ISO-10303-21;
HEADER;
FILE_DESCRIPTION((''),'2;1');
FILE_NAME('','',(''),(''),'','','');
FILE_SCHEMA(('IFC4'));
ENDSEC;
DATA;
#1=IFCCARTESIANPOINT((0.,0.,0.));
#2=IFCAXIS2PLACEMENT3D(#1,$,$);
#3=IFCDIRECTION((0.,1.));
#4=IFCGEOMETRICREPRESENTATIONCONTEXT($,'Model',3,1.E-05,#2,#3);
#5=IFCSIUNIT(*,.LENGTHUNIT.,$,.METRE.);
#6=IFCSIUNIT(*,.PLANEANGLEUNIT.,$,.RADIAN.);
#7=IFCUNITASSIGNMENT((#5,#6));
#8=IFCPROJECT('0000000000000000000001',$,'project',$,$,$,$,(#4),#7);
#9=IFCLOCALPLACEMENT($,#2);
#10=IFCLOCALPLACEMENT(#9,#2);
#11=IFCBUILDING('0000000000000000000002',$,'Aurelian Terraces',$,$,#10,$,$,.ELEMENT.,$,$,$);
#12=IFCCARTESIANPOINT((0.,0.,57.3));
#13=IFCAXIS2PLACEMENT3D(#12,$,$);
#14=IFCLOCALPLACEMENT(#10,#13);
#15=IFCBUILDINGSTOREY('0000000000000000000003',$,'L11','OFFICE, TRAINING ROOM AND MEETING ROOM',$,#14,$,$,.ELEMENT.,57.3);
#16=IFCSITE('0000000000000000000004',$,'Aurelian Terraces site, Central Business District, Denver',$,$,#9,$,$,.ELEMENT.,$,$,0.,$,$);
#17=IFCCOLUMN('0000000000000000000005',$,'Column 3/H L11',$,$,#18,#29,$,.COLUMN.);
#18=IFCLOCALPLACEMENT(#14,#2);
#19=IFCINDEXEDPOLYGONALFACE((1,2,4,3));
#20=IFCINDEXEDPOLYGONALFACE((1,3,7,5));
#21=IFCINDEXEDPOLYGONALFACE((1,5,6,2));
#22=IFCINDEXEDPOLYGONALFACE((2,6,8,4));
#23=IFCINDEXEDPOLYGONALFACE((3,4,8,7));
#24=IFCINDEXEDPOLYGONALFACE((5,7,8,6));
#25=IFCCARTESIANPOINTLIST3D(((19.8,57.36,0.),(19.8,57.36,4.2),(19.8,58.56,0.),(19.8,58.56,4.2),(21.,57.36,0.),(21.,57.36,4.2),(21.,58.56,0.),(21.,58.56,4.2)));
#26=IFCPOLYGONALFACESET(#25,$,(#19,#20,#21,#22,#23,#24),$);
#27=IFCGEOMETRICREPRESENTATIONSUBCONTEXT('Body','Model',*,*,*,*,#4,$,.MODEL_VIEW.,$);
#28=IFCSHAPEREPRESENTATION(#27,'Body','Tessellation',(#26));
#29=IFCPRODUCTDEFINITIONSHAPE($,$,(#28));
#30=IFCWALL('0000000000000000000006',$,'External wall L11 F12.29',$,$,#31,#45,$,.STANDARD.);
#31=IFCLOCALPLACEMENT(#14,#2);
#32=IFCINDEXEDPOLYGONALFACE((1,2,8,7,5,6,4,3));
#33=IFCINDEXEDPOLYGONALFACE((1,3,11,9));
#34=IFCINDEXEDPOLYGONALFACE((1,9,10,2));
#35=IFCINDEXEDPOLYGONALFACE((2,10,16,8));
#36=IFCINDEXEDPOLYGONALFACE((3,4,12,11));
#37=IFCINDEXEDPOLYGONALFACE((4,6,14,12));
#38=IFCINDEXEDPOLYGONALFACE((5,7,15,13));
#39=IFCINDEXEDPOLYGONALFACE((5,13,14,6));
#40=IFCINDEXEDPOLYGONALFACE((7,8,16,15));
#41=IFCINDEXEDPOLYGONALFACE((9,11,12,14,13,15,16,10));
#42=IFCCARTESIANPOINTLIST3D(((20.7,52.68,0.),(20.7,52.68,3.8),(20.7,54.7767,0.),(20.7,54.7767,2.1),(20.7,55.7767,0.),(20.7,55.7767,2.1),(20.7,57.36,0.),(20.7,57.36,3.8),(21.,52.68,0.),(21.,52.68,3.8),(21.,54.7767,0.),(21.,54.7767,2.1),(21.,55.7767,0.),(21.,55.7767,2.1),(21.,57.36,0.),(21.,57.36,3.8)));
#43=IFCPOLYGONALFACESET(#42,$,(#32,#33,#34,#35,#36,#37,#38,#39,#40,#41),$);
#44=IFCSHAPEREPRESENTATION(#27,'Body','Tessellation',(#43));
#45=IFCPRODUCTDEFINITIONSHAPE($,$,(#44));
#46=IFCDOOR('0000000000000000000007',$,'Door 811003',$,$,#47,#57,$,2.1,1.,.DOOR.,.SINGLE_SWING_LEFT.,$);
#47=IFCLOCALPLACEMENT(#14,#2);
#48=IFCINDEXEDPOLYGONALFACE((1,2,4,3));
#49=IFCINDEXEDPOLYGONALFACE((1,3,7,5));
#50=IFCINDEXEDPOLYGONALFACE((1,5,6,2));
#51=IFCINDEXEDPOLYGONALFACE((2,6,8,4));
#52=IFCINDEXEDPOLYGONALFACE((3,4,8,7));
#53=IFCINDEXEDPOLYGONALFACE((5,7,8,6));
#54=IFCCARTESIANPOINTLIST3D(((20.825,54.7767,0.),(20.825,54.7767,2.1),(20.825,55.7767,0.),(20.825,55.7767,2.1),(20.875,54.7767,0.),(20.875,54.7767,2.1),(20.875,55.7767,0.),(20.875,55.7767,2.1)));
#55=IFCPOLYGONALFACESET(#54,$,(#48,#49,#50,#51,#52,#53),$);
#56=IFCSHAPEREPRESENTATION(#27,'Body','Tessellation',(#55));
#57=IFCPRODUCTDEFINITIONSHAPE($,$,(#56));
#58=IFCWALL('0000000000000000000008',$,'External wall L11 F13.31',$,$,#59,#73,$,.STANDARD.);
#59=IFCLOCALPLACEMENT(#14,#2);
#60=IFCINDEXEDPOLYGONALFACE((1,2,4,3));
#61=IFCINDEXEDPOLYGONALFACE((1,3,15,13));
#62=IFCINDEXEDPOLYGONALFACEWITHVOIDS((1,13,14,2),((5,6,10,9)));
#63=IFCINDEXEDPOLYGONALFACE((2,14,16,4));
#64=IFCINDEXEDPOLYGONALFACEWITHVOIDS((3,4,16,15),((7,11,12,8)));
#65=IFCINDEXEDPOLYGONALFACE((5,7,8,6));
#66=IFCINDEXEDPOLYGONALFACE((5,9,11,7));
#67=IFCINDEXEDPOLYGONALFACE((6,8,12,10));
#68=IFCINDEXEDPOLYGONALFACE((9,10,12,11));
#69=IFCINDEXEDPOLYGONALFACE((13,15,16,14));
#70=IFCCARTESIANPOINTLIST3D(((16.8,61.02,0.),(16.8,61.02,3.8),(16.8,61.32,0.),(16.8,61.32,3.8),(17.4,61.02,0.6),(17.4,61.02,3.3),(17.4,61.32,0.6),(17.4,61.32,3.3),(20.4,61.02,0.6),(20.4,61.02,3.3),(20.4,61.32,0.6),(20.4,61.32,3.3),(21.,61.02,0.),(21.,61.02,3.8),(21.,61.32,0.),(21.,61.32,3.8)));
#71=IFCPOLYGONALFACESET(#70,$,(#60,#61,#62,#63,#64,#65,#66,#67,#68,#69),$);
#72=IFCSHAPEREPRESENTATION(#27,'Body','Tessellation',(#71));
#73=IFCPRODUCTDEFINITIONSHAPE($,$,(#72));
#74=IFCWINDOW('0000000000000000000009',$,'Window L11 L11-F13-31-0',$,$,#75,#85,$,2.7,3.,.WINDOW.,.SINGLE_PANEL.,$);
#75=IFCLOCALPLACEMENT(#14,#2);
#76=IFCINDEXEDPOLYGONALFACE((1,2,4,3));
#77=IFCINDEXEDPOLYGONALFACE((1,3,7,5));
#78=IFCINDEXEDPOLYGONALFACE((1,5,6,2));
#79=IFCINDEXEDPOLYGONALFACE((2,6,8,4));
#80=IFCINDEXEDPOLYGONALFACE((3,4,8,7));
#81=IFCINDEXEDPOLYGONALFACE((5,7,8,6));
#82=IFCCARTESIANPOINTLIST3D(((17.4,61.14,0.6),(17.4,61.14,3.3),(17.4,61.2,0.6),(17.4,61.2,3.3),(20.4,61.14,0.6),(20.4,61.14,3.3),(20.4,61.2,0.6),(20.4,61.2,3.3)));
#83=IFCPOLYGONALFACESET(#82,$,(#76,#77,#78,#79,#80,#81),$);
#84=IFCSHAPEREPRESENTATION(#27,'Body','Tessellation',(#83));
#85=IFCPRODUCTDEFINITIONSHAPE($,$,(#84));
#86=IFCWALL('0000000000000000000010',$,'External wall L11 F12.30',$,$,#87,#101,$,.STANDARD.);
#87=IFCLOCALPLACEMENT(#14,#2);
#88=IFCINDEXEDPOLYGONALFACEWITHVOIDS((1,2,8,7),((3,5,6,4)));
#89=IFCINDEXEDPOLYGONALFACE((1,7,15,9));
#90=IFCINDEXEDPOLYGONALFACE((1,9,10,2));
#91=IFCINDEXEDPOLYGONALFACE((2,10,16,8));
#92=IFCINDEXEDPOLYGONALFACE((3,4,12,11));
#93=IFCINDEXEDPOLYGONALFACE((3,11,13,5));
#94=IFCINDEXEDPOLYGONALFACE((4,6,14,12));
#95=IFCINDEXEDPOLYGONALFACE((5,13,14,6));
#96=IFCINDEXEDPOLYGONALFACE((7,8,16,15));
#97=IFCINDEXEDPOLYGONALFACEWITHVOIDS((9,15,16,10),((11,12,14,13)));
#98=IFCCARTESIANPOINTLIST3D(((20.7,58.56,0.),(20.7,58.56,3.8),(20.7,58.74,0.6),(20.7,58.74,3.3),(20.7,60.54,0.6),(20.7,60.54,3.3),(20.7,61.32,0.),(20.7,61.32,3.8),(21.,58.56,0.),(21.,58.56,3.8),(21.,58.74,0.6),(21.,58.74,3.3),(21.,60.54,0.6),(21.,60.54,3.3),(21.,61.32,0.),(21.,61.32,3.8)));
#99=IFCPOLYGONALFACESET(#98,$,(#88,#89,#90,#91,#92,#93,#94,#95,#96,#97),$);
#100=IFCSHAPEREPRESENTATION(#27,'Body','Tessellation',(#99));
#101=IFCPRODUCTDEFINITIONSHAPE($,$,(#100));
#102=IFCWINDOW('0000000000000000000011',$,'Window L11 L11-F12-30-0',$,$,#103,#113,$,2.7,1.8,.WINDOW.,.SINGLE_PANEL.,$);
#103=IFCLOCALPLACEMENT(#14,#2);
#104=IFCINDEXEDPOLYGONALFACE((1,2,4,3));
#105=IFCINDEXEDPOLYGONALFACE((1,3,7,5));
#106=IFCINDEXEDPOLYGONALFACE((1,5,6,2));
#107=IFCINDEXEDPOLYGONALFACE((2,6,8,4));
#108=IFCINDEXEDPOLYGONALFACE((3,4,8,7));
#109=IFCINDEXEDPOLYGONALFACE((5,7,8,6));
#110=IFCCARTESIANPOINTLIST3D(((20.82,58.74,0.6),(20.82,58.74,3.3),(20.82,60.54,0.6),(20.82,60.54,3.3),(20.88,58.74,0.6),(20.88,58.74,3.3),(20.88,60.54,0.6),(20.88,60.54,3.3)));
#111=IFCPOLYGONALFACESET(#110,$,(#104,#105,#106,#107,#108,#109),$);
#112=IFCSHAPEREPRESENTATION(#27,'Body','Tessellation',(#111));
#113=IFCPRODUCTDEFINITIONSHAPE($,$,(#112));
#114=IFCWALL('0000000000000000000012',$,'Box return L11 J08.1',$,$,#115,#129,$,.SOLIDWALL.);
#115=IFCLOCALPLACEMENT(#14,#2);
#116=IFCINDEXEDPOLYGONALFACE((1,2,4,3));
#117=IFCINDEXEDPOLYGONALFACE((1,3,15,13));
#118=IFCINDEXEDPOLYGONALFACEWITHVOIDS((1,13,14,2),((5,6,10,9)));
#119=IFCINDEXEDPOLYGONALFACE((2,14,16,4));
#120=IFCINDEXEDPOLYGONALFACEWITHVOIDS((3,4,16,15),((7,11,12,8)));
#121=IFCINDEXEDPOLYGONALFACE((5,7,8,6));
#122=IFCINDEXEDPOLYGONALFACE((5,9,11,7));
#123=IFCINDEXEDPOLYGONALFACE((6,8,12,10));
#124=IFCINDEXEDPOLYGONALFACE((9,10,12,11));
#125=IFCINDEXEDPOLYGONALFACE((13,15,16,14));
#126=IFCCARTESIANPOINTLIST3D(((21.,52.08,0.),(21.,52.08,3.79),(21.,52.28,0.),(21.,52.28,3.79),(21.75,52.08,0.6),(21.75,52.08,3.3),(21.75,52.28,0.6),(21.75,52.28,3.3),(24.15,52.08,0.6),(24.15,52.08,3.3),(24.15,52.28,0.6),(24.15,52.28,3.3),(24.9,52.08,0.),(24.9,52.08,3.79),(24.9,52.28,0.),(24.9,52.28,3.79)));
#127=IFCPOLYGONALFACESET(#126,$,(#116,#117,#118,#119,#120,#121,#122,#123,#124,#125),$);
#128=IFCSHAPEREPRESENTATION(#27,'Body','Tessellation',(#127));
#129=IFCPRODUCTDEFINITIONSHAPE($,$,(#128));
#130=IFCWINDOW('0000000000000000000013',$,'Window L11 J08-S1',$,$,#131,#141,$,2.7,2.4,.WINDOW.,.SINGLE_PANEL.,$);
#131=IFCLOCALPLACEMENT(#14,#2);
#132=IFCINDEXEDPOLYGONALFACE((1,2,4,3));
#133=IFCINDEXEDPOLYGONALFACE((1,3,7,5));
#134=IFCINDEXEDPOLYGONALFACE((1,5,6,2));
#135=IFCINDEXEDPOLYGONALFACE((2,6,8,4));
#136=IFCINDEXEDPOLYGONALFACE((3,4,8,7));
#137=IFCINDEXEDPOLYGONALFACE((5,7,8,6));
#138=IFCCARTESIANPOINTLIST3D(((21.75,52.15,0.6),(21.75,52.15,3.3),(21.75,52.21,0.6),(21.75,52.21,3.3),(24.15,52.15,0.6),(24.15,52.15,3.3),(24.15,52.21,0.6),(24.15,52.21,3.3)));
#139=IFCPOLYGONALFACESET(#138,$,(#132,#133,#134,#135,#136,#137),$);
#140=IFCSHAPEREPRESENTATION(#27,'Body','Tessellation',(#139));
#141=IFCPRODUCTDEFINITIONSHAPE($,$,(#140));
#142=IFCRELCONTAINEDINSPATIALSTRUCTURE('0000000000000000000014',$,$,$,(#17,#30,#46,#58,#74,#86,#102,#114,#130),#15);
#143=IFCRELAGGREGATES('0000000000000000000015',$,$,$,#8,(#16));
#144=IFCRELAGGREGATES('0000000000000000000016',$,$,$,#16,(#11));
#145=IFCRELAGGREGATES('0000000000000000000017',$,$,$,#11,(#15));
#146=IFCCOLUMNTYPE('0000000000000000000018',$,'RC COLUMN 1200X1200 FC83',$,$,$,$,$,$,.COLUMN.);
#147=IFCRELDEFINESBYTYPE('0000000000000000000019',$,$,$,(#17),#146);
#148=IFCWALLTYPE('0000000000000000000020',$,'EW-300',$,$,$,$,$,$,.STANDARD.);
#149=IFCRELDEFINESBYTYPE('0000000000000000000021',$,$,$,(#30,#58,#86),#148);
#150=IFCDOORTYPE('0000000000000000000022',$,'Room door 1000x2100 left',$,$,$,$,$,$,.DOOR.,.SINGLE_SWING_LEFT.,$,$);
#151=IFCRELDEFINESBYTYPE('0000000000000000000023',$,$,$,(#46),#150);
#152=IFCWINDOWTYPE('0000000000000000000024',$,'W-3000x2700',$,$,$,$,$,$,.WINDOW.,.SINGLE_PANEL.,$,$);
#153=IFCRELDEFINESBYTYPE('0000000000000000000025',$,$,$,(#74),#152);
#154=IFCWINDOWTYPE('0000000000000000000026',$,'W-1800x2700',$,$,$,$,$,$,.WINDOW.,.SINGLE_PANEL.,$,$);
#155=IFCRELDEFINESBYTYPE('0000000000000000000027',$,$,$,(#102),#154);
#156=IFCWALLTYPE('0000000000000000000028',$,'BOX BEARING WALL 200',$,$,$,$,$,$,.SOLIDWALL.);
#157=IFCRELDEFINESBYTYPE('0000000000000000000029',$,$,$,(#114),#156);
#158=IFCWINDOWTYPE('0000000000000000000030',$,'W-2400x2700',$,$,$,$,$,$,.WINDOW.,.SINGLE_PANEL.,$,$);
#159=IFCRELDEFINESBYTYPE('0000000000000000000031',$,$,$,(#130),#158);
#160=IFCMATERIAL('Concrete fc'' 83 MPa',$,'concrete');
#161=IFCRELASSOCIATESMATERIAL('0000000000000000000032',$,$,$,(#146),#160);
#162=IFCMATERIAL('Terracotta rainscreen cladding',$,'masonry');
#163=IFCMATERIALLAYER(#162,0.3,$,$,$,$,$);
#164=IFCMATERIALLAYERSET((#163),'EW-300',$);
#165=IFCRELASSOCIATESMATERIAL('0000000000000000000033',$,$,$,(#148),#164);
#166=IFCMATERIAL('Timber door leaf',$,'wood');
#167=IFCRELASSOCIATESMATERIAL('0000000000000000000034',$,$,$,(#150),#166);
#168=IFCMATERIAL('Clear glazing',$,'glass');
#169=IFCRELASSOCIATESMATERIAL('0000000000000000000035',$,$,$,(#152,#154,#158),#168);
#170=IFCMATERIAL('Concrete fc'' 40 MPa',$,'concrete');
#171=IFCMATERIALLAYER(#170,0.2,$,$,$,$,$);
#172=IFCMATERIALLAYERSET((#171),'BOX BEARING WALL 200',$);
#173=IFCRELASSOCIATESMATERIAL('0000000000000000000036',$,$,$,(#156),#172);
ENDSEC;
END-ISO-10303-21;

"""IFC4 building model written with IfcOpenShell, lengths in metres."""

from ifc_helpers import new_model, si_unit, direction, frame, frame_2d, origin, origin_2d, place, context, subcontext, project, spatial, rectangle, extrude, source, transform, mapped, material, layer, layer_set, material_profile, profile_set, type_object, element, fill, save


model = new_model("IFC4")

# Units and contexts
model_context = context("Model", 3, precision=1e-05, world=origin(), true_north=direction((0.0, 1.0)))
body_context = subcontext(model_context, "Body", "Model", "MODEL_VIEW")
ifc_project = project(units=[si_unit("LENGTHUNIT", "METRE"), si_unit("PLANEANGLEUNIT", "RADIAN")], contexts=[model_context])

# Site, building, storey
site_placement = place(None, origin())
site = spatial("IfcSite", under=ifc_project, at=site_placement, Name="Aurelian Terraces site, Central Business District, Denver", CompositionType="ELEMENT", RefElevation=0.0)
building_placement = place(site_placement, origin())
building = spatial("IfcBuilding", under=site, at=building_placement, Name="Aurelian Terraces", CompositionType="ELEMENT")
storey_placement = place(building_placement, frame((0.0, 0.0, 57.3)))
storey = spatial("IfcBuildingStorey", under=building, at=storey_placement, Name="L11", Description="OFFICE, TRAINING ROOM AND MEETING ROOM", CompositionType="ELEMENT", Elevation=57.3)

# Column
ifc_material_1 = material(Name="Concrete fc' 83 MPa", Category="concrete")
ifc_material_profile = material_profile(ifc_material_1, rectangle(XDim=1.2, YDim=1.2, at=origin_2d()))
ifc_profile_set = profile_set([ifc_material_profile], Name="Concrete fc' 83 MPa")
column_type = type_object("IfcColumnType", Name="RC COLUMN 1200X1200 FC83", PredefinedType="COLUMN", material=ifc_profile_set)
shared_shape_1 = source(origin(), body_context, "Body", "SweptSolid", [
    extrude(rectangle(XDim=1.2, YDim=1.2, at=origin_2d()), origin(), (0.0, 0.0, 1.0), 4.2),
])
column_placement = place(storey_placement, frame((20.4, 57.96, 0.0), z_axis=(0.0, 0.0, 1.0), x_axis=(1.0, 0.0, 0.0)))
element("IfcColumn", 1, at=column_placement, inside=storey, type_object=column_type, Name="Column 3/H L11", PredefinedType="COLUMN", context=body_context, shape_type="MappedRepresentation", body=[
    mapped(shared_shape_1, transform((0.0, 0.0, 0.0), scale=1.0)),
])

# Wall, opening, door
ifc_material_2 = material(Name="Terracotta rainscreen cladding", Category="masonry")
ifc_layer_1 = layer(ifc_material_2, 0.3)
ifc_layer_set_1 = layer_set([ifc_layer_1], Name="EW-300")
wall_type_1 = type_object("IfcWallType", Name="EW-300", PredefinedType="STANDARD", material=ifc_layer_set_1)
shared_shape_2 = source(origin(), body_context, "Body", "SweptSolid", [
    extrude(rectangle(XDim=4.68, YDim=0.3, at=frame_2d((2.34, 0.0))), origin(), (0.0, 0.0, 1.0), 3.8),
])
wall_1_placement = place(storey_placement, frame((20.85, 52.68, 0.0), z_axis=(0.0, 0.0, 1.0), x_axis=(0.0, 1.0, 0.0)))
wall_1 = element("IfcWall", 2, at=wall_1_placement, inside=storey, type_object=wall_type_1, Name="External wall L11 F12.29", PredefinedType="STANDARD", context=body_context, shape_type="MappedRepresentation", body=[
    mapped(shared_shape_2, transform((0.0, 0.0, 0.0), scale=1.0)),
])
shared_shape_3 = source(origin(), body_context, "Body", "SweptSolid", [
    extrude(rectangle(XDim=1.0, YDim=2.1, at=frame_2d((0.5, 1.05))), frame((0.0, 0.16, 0.0), z_axis=(0.0, -1.0, 0.0), x_axis=(1.0, 0.0, 0.0)), (0.0, 0.0, 1.0), 0.32),
])
opening_1_placement = place(wall_1_placement, frame((2.0967, 0.0, 0.0)))
opening_1 = element("IfcOpeningElement", 3, at=opening_1_placement, cuts=wall_1, PredefinedType="OPENING", context=body_context, shape_type="MappedRepresentation", body=[
    mapped(shared_shape_3, transform((0.0, 0.0, 0.0), scale=1.0)),
])
ifc_material_3 = material(Name="Timber door leaf", Category="wood")
door_type_1 = type_object("IfcDoorType", Name="Room door 1000x2100 left", OperationType="SINGLE_SWING_LEFT", PredefinedType="DOOR", material=ifc_material_3)
shared_shape_4 = source(origin(), body_context, "Body", "SweptSolid", [
    extrude(rectangle(XDim=1.0, YDim=2.1, at=frame_2d((0.5, 1.05))), frame((0.0, 0.025, 0.0), z_axis=(0.0, -1.0, 0.0), x_axis=(1.0, 0.0, 0.0)), (0.0, 0.0, 1.0), 0.05),
])
door_1_placement = place(opening_1_placement, origin())
door_1 = element("IfcDoor", 4, at=door_1_placement, inside=storey, type_object=door_type_1, Name="Door 811003", OperationType="SINGLE_SWING_LEFT", OverallHeight=2.1, OverallWidth=1.0, PredefinedType="DOOR", context=body_context, shape_type="MappedRepresentation", body=[
    mapped(shared_shape_4, transform((0.0, 0.0, 0.0), scale=1.0)),
])
fill(opening_1, door_1)

# Walls, openings, windows
shared_shape_5 = source(origin(), body_context, "Body", "SweptSolid", [
    extrude(rectangle(XDim=4.2, YDim=0.3, at=frame_2d((2.1, 0.0))), origin(), (0.0, 0.0, 1.0), 3.8),
])
wall_2_placement = place(storey_placement, frame((21.0, 61.17, 0.0), z_axis=(0.0, 0.0, 1.0), x_axis=(-1.0, 0.0, 0.0)))
wall_2 = element("IfcWall", 5, at=wall_2_placement, inside=storey, type_object=wall_type_1, Name="External wall L11 F13.31", PredefinedType="STANDARD", context=body_context, shape_type="MappedRepresentation", body=[
    mapped(shared_shape_5, transform((0.0, 0.0, 0.0), scale=1.0)),
])
shared_shape_6 = source(origin(), body_context, "Body", "SweptSolid", [
    extrude(rectangle(XDim=3.0, YDim=2.7, at=frame_2d((1.5, 1.35))), frame((0.0, 0.16, 0.0), z_axis=(0.0, -1.0, 0.0), x_axis=(1.0, 0.0, 0.0)), (0.0, 0.0, 1.0), 0.32),
])
opening_2_placement = place(wall_2_placement, frame((0.6, 0.0, 0.6)))
opening_2 = element("IfcOpeningElement", 6, at=opening_2_placement, cuts=wall_2, PredefinedType="OPENING", context=body_context, shape_type="MappedRepresentation", body=[
    mapped(shared_shape_6, transform((0.0, 0.0, 0.0), scale=1.0)),
])
ifc_material_4 = material(Name="Clear glazing", Category="glass")
window_type_1 = type_object("IfcWindowType", Name="W-3000x2700", PartitioningType="SINGLE_PANEL", PredefinedType="WINDOW", material=ifc_material_4)
shared_shape_7 = source(origin(), body_context, "Body", "SweptSolid", [
    extrude(rectangle(XDim=3.0, YDim=2.7, at=frame_2d((1.5, 1.35))), frame((0.0, 0.03, 0.0), z_axis=(0.0, -1.0, 0.0), x_axis=(1.0, 0.0, 0.0)), (0.0, 0.0, 1.0), 0.06),
])
window_1_placement = place(opening_2_placement, origin())
window_1 = element("IfcWindow", 7, at=window_1_placement, inside=storey, type_object=window_type_1, Name="Window L11 L11-F13-31-0", OverallHeight=2.7, OverallWidth=3.0, PartitioningType="SINGLE_PANEL", PredefinedType="WINDOW", context=body_context, shape_type="MappedRepresentation", body=[
    mapped(shared_shape_7, transform((0.0, 0.0, 0.0), scale=1.0)),
])
fill(opening_2, window_1)
shared_shape_8 = source(origin(), body_context, "Body", "SweptSolid", [
    extrude(rectangle(XDim=2.76, YDim=0.3, at=frame_2d((1.38, 0.0))), origin(), (0.0, 0.0, 1.0), 3.8),
])
wall_3_placement = place(storey_placement, frame((20.85, 58.56, 0.0), z_axis=(0.0, 0.0, 1.0), x_axis=(0.0, 1.0, 0.0)))
wall_3 = element("IfcWall", 8, at=wall_3_placement, inside=storey, type_object=wall_type_1, Name="External wall L11 F12.30", PredefinedType="STANDARD", context=body_context, shape_type="MappedRepresentation", body=[
    mapped(shared_shape_8, transform((0.0, 0.0, 0.0), scale=1.0)),
])
shared_shape_9 = source(origin(), body_context, "Body", "SweptSolid", [
    extrude(rectangle(XDim=1.8, YDim=2.7, at=frame_2d((0.9, 1.35))), frame((0.0, 0.16, 0.0), z_axis=(0.0, -1.0, 0.0), x_axis=(1.0, 0.0, 0.0)), (0.0, 0.0, 1.0), 0.32),
])
opening_3_placement = place(wall_3_placement, frame((0.18, 0.0, 0.6)))
opening_3 = element("IfcOpeningElement", 9, at=opening_3_placement, cuts=wall_3, PredefinedType="OPENING", context=body_context, shape_type="MappedRepresentation", body=[
    mapped(shared_shape_9, transform((0.0, 0.0, 0.0), scale=1.0)),
])
window_type_2 = type_object("IfcWindowType", Name="W-1800x2700", PartitioningType="SINGLE_PANEL", PredefinedType="WINDOW", material=ifc_material_4)
shared_shape_10 = source(origin(), body_context, "Body", "SweptSolid", [
    extrude(rectangle(XDim=1.8, YDim=2.7, at=frame_2d((0.9, 1.35))), frame((0.0, 0.03, 0.0), z_axis=(0.0, -1.0, 0.0), x_axis=(1.0, 0.0, 0.0)), (0.0, 0.0, 1.0), 0.06),
])
window_2_placement = place(opening_3_placement, origin())
window_2 = element("IfcWindow", 10, at=window_2_placement, inside=storey, type_object=window_type_2, Name="Window L11 L11-F12-30-0", OverallHeight=2.7, OverallWidth=1.8, PartitioningType="SINGLE_PANEL", PredefinedType="WINDOW", context=body_context, shape_type="MappedRepresentation", body=[
    mapped(shared_shape_10, transform((0.0, 0.0, 0.0), scale=1.0)),
])
fill(opening_3, window_2)
ifc_material_5 = material(Name="Concrete fc' 40 MPa", Category="concrete")
ifc_layer_2 = layer(ifc_material_5, 0.2)
ifc_layer_set_2 = layer_set([ifc_layer_2], Name="BOX BEARING WALL 200")
wall_type_2 = type_object("IfcWallType", Name="BOX BEARING WALL 200", PredefinedType="SOLIDWALL", material=ifc_layer_set_2)
shared_shape_11 = source(origin(), body_context, "Body", "SweptSolid", [
    extrude(rectangle(XDim=3.9, YDim=0.2, at=frame_2d((1.95, 0.0))), origin(), (0.0, 0.0, 1.0), 3.79),
])
wall_4_placement = place(storey_placement, frame((21.0, 52.18, 0.0), z_axis=(0.0, 0.0, 1.0), x_axis=(1.0, 0.0, 0.0)))
wall_4 = element("IfcWall", 11, at=wall_4_placement, inside=storey, type_object=wall_type_2, Name="Box return L11 J08.1", PredefinedType="SOLIDWALL", context=body_context, shape_type="MappedRepresentation", body=[
    mapped(shared_shape_11, transform((0.0, 0.0, 0.0), scale=1.0)),
])
shared_shape_12 = source(origin(), body_context, "Body", "SweptSolid", [
    extrude(rectangle(XDim=2.4, YDim=2.7, at=frame_2d((1.2, 1.35))), frame((0.0, 0.11, 0.0), z_axis=(0.0, -1.0, 0.0), x_axis=(1.0, 0.0, 0.0)), (0.0, 0.0, 1.0), 0.22),
])
opening_4_placement = place(wall_4_placement, frame((0.75, 0.0, 0.6)))
opening_4 = element("IfcOpeningElement", 12, at=opening_4_placement, cuts=wall_4, PredefinedType="OPENING", context=body_context, shape_type="MappedRepresentation", body=[
    mapped(shared_shape_12, transform((0.0, 0.0, 0.0), scale=1.0)),
])
window_type_3 = type_object("IfcWindowType", Name="W-2400x2700", PartitioningType="SINGLE_PANEL", PredefinedType="WINDOW", material=ifc_material_4)
shared_shape_13 = source(origin(), body_context, "Body", "SweptSolid", [
    extrude(rectangle(XDim=2.4, YDim=2.7, at=frame_2d((1.2, 1.35))), frame((0.0, 0.03, 0.0), z_axis=(0.0, -1.0, 0.0), x_axis=(1.0, 0.0, 0.0)), (0.0, 0.0, 1.0), 0.06),
])
window_3_placement = place(opening_4_placement, origin())
window_3 = element("IfcWindow", 13, at=window_3_placement, inside=storey, type_object=window_type_3, Name="Window L11 J08-S1", OverallHeight=2.7, OverallWidth=2.4, PartitioningType="SINGLE_PANEL", PredefinedType="WINDOW", context=body_context, shape_type="MappedRepresentation", body=[
    mapped(shared_shape_13, transform((0.0, 0.0, 0.0), scale=1.0)),
])
fill(opening_4, window_3)

save(model, "model.ifc")
